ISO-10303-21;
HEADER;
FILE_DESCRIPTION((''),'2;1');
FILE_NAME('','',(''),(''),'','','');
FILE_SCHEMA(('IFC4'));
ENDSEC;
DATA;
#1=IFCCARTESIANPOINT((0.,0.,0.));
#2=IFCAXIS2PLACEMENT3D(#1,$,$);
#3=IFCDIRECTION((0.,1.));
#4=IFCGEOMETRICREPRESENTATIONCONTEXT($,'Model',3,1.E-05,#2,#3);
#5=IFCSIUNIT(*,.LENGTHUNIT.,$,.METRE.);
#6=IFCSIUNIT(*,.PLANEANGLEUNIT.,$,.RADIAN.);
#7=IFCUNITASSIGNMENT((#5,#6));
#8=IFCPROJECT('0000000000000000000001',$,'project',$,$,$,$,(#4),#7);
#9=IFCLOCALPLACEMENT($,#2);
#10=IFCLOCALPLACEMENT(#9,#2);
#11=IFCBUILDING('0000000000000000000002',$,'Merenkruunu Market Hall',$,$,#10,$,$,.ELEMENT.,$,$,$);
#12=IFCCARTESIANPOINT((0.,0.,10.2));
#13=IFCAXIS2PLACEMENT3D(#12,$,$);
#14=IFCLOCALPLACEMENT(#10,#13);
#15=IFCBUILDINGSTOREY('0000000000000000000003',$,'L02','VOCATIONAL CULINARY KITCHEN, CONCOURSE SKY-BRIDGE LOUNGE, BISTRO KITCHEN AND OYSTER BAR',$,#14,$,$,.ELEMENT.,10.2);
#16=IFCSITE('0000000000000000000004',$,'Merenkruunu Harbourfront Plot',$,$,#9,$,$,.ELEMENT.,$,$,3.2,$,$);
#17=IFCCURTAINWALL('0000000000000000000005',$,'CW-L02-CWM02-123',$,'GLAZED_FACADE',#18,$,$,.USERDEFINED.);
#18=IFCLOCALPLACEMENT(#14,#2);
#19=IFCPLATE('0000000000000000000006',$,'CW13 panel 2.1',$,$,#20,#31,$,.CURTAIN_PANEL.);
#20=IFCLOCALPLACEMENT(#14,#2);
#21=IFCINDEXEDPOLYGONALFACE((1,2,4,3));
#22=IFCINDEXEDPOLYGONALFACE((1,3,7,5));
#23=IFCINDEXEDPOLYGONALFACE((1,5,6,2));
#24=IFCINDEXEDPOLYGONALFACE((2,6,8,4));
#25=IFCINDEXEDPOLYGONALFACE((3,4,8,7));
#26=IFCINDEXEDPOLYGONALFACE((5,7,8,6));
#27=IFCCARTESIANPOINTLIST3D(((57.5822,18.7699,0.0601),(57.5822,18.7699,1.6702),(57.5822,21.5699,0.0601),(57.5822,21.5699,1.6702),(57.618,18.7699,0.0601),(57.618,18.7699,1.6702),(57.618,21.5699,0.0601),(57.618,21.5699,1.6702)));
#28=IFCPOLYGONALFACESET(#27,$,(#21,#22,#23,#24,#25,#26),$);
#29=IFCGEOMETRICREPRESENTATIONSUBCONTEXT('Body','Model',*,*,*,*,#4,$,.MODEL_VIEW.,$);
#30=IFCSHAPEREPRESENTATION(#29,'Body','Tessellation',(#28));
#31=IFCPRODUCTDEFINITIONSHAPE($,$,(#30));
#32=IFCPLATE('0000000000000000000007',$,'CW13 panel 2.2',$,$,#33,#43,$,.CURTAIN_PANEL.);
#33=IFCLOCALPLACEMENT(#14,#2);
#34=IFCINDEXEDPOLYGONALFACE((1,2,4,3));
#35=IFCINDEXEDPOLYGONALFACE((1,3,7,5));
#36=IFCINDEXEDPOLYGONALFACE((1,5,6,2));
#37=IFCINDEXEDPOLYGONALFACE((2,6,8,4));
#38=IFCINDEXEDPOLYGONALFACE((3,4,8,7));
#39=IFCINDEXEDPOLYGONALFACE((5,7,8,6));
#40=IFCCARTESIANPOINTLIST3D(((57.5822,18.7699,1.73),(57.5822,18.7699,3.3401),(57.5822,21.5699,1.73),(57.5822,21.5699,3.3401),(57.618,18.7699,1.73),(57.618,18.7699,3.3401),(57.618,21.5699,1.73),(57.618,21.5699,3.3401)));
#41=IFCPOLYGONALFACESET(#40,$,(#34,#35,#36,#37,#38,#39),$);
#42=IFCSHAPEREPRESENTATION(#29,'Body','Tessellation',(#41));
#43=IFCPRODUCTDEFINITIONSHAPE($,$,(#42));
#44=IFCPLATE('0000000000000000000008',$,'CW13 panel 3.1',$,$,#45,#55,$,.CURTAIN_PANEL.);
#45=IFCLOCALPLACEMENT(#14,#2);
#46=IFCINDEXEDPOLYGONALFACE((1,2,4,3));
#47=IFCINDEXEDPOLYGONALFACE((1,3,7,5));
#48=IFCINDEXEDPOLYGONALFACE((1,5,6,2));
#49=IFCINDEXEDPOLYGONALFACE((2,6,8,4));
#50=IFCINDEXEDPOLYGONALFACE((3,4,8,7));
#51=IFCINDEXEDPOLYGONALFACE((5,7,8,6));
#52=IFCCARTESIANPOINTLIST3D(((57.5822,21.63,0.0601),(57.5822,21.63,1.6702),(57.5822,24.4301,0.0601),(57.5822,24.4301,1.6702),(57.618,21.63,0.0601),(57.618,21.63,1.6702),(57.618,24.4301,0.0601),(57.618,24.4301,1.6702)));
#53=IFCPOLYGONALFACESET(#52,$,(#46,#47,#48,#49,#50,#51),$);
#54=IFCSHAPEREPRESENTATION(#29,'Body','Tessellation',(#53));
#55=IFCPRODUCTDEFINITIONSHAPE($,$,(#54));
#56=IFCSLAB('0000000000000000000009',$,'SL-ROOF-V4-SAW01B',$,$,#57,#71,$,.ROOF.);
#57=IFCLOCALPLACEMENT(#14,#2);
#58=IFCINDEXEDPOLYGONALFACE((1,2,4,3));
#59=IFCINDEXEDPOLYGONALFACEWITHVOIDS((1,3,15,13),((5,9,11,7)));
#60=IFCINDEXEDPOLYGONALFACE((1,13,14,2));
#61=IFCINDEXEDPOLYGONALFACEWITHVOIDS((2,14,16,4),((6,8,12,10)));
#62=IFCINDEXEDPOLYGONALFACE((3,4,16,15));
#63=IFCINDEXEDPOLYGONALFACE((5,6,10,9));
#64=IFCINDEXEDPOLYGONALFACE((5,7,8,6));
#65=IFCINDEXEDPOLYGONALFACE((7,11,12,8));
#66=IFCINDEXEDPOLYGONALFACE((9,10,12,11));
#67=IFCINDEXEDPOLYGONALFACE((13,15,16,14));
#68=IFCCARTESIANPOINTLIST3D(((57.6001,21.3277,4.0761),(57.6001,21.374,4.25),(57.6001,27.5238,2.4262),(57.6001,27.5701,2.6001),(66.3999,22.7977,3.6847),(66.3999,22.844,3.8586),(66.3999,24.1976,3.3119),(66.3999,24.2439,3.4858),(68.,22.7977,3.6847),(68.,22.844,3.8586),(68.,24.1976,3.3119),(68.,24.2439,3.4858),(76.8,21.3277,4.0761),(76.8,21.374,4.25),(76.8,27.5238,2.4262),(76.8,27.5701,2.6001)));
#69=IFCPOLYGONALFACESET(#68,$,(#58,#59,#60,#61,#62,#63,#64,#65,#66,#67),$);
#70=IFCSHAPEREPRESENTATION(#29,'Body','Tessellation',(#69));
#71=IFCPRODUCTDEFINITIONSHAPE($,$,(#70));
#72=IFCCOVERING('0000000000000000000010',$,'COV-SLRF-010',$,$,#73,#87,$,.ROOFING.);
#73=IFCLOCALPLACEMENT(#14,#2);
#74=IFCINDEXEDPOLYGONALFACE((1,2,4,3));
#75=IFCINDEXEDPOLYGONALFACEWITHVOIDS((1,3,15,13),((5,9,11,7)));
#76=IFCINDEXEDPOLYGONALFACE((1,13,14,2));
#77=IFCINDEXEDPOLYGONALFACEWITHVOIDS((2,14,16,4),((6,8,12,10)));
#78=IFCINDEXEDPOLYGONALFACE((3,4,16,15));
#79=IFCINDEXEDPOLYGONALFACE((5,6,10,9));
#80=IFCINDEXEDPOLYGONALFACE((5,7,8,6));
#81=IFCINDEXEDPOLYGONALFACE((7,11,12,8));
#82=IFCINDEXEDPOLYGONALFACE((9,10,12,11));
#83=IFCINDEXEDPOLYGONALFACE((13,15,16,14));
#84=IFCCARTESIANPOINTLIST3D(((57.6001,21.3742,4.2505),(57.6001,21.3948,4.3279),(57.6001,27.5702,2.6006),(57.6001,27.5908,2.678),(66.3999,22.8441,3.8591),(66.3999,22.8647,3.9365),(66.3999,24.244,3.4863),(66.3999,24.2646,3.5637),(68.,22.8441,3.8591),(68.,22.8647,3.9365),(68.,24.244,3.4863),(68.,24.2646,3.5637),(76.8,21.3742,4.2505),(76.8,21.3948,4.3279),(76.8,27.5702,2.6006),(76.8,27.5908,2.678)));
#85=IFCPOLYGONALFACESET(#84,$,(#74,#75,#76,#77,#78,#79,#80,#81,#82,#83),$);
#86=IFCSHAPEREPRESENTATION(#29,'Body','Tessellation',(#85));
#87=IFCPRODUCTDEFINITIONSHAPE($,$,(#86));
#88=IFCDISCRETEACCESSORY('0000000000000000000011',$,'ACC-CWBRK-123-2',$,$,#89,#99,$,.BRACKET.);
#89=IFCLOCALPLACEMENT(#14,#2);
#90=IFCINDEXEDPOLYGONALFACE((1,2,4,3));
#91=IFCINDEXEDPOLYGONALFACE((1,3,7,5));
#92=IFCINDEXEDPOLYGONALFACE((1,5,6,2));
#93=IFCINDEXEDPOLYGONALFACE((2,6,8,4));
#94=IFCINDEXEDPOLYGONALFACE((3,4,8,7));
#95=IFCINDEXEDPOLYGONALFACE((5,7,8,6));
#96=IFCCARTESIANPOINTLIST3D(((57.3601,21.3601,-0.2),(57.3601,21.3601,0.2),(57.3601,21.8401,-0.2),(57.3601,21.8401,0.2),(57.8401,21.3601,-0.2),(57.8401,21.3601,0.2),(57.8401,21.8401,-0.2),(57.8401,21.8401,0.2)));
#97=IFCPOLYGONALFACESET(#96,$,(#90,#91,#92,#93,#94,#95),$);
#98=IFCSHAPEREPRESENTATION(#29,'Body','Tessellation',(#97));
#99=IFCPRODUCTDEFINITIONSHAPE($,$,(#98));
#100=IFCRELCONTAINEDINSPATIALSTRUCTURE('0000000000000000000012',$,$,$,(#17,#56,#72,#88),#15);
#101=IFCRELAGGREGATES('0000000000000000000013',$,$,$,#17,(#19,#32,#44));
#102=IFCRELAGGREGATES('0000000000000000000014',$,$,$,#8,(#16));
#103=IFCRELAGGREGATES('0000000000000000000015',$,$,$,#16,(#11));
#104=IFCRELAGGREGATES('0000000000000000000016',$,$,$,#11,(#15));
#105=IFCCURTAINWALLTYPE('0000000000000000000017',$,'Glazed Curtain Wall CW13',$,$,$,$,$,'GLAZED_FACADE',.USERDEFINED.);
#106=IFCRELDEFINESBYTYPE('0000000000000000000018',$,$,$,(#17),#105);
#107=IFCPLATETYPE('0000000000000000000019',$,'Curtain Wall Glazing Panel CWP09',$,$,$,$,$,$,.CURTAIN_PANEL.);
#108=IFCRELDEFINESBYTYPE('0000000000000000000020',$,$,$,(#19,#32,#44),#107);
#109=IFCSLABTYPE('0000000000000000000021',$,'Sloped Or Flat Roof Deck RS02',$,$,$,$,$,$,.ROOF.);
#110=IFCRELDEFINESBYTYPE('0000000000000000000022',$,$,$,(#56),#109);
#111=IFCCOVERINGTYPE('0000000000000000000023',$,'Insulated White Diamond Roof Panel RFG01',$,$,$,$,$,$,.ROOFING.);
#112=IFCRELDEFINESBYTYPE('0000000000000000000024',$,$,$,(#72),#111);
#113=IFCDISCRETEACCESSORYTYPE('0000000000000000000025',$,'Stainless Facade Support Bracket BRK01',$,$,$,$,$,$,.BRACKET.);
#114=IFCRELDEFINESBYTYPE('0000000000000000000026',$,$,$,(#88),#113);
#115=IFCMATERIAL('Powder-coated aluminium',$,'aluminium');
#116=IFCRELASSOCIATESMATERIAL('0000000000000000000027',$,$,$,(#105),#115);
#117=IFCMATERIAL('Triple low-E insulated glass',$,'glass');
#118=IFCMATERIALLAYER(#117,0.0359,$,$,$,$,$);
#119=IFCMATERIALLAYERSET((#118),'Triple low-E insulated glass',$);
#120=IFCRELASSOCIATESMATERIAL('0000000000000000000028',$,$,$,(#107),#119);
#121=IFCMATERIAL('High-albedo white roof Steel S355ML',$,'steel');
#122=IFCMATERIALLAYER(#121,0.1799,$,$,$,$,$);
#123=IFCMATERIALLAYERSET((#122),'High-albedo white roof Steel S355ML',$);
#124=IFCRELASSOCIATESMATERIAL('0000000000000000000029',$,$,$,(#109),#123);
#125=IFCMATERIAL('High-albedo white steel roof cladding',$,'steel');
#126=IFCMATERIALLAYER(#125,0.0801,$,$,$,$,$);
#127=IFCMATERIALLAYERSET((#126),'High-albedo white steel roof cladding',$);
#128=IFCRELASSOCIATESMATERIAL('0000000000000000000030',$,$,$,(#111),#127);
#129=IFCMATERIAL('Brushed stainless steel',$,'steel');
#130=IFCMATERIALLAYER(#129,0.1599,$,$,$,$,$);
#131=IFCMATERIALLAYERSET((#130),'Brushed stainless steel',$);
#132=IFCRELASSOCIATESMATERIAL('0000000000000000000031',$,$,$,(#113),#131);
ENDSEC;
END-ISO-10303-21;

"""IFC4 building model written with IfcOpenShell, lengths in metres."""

from ifc_helpers import new_model, si_unit, direction, frame, origin, origin_2d, place, context, subcontext, project, spatial, polyline, rectangle, outline, extrude, material, layer, layer_set, type_object, element, aggregate, save


model = new_model("IFC4")

# Units and contexts
model_context = context("Model", 3, precision=1e-05, world=origin(), true_north=direction((0.0, 1.0)))
body_context = subcontext(model_context, "Body", "Model", "MODEL_VIEW")
ifc_project = project(units=[si_unit("LENGTHUNIT", "METRE"), si_unit("PLANEANGLEUNIT", "RADIAN")], contexts=[model_context])

# Site, building, storey
site_placement = place(None, origin())
site = spatial("IfcSite", under=ifc_project, at=site_placement, Name="Merenkruunu Harbourfront Plot", CompositionType="ELEMENT", RefElevation=3.2)
building_placement = place(site_placement, origin())
building = spatial("IfcBuilding", under=site, at=building_placement, Name="Merenkruunu Market Hall", CompositionType="ELEMENT")
storey_placement = place(building_placement, frame((0.0, 0.0, 10.2)))
storey = spatial("IfcBuildingStorey", under=building, at=storey_placement, Name="L02", Description="VOCATIONAL CULINARY KITCHEN, CONCOURSE SKY-BRIDGE LOUNGE, BISTRO KITCHEN AND OYSTER BAR", CompositionType="ELEMENT", Elevation=10.2)

# Curtain wall
ifc_material_1 = material(Name="Powder-coated aluminium", Category="aluminium")
curtain_wall_type = type_object("IfcCurtainWallType", Name="Glazed Curtain Wall CW13", ElementType="GLAZED_FACADE", PredefinedType="USERDEFINED", material=ifc_material_1)
curtain_wall_placement = place(storey_placement, origin())
curtain_wall = element("IfcCurtainWall", 1, at=curtain_wall_placement, inside=storey, type_object=curtain_wall_type, Name="CW-L02-CWM02-123", ObjectType="GLAZED_FACADE", PredefinedType="USERDEFINED")

# Plates
ifc_material_2 = material(Name="Triple low-E insulated glass", Category="glass")
ifc_layer_1 = layer(ifc_material_2, 0.0359)
ifc_layer_set_1 = layer_set([ifc_layer_1], Name="Triple low-E insulated glass")
plate_type = type_object("IfcPlateType", Name="Curtain Wall Glazing Panel CWP09", PredefinedType="CURTAIN_PANEL", material=ifc_layer_set_1)
plate_1_placement = place(storey_placement, frame((57.6001, 20.1699, 0.0601), z_axis=(0.0, 0.0, 1.0), x_axis=(0.0, 1.0, 0.0)))
plate_1 = element("IfcPlate", 2, at=plate_1_placement, type_object=plate_type, Name="CW13 panel 2.1", PredefinedType="CURTAIN_PANEL", context=body_context, shape_type="SweptSolid", body=[
    extrude(rectangle(XDim=2.8, YDim=0.0359, at=origin_2d()), origin(), (0.0, 0.0, 1.0), 1.6101),
])
plate_2_placement = place(storey_placement, frame((57.6001, 20.1699, 1.73), z_axis=(0.0, 0.0, 1.0), x_axis=(0.0, 1.0, 0.0)))
plate_2 = element("IfcPlate", 3, at=plate_2_placement, type_object=plate_type, Name="CW13 panel 2.2", PredefinedType="CURTAIN_PANEL", context=body_context, shape_type="SweptSolid", body=[
    extrude(rectangle(XDim=2.8, YDim=0.0359, at=origin_2d()), origin(), (0.0, 0.0, 1.0), 1.6101),
])
plate_3_placement = place(storey_placement, frame((57.6001, 23.03, 0.0601), z_axis=(0.0, 0.0, 1.0), x_axis=(0.0, 1.0, 0.0)))
plate_3 = element("IfcPlate", 4, at=plate_3_placement, type_object=plate_type, Name="CW13 panel 3.1", PredefinedType="CURTAIN_PANEL", context=body_context, shape_type="SweptSolid", body=[
    extrude(rectangle(XDim=2.8, YDim=0.0359, at=origin_2d()), origin(), (0.0, 0.0, 1.0), 1.6101),
])
aggregate(curtain_wall, [plate_1, plate_2, plate_3])

# Slab
ifc_material_3 = material(Name="High-albedo white roof Steel S355ML", Category="steel")
ifc_layer_2 = layer(ifc_material_3, 0.1799)
ifc_layer_set_2 = layer_set([ifc_layer_2], Name="High-albedo white roof Steel S355ML")
slab_type = type_object("IfcSlabType", Name="Sloped Or Flat Roof Deck RS02", PredefinedType="ROOF", material=ifc_layer_set_2)
slab_placement = place(storey_placement, frame((57.6001, 21.374, 4.25), z_axis=(0.0, 0.257317, 0.966327), x_axis=(1.0, 0.0, 0.0)))
element("IfcSlab", 5, at=slab_placement, inside=storey, type_object=slab_type, Name="SL-ROOF-V4-SAW01B", PredefinedType="ROOF", context=body_context, shape_type="SweptSolid", body=[
    extrude(outline(polyline([(0.0, 0.0), (19.2, 0.0), (19.2, 6.412), (0.0, 6.412), (0.0, 0.0)]), holes=[polyline([(8.7998, 1.5212), (10.3999, 1.5212), (10.3999, 2.9699), (8.7998, 2.9699), (8.7998, 1.5212)])]), origin(), (0.0, 0.0, -1.0), 0.1799),
])

# Covering
ifc_material_4 = material(Name="High-albedo white steel roof cladding", Category="steel")
ifc_layer_3 = layer(ifc_material_4, 0.0801)
ifc_layer_set_3 = layer_set([ifc_layer_3], Name="High-albedo white steel roof cladding")
covering_type = type_object("IfcCoveringType", Name="Insulated White Diamond Roof Panel RFG01", PredefinedType="ROOFING", material=ifc_layer_set_3)
covering_placement = place(storey_placement, frame((57.6001, 21.3948, 4.3279), z_axis=(0.0, 0.257317, 0.966327), x_axis=(1.0, 0.0, 0.0)))
element("IfcCovering", 6, at=covering_placement, inside=storey, type_object=covering_type, Name="COV-SLRF-010", PredefinedType="ROOFING", context=body_context, shape_type="SweptSolid", body=[
    extrude(outline(polyline([(0.0, 0.0), (19.2, 0.0), (19.2, 6.412), (0.0, 6.412), (0.0, 0.0)]), holes=[polyline([(8.7998, 1.5212), (10.3999, 1.5212), (10.3999, 2.9699), (8.7998, 2.9699), (8.7998, 1.5212)])]), origin(), (0.0, 0.0, -1.0), 0.0801),
])

# Discrete accessory
ifc_material_5 = material(Name="Brushed stainless steel", Category="steel")
ifc_layer_4 = layer(ifc_material_5, 0.1599)
ifc_layer_set_4 = layer_set([ifc_layer_4], Name="Brushed stainless steel")
discrete_accessory_type = type_object("IfcDiscreteAccessoryType", Name="Stainless Facade Support Bracket BRK01", PredefinedType="BRACKET", material=ifc_layer_set_4)
discrete_accessory_placement = place(storey_placement, frame((57.6001, 21.6001, -0.2), z_axis=(0.0, 0.0, 1.0), x_axis=(1.0, 0.0, 0.0)))
element("IfcDiscreteAccessory", 7, at=discrete_accessory_placement, inside=storey, type_object=discrete_accessory_type, Name="ACC-CWBRK-123-2", PredefinedType="BRACKET", context=body_context, shape_type="SweptSolid", body=[
    extrude(rectangle(XDim=0.48, YDim=0.48, at=origin_2d()), origin(), (0.0, 0.0, 1.0), 0.3999),
])

save(model, "model.ifc")
